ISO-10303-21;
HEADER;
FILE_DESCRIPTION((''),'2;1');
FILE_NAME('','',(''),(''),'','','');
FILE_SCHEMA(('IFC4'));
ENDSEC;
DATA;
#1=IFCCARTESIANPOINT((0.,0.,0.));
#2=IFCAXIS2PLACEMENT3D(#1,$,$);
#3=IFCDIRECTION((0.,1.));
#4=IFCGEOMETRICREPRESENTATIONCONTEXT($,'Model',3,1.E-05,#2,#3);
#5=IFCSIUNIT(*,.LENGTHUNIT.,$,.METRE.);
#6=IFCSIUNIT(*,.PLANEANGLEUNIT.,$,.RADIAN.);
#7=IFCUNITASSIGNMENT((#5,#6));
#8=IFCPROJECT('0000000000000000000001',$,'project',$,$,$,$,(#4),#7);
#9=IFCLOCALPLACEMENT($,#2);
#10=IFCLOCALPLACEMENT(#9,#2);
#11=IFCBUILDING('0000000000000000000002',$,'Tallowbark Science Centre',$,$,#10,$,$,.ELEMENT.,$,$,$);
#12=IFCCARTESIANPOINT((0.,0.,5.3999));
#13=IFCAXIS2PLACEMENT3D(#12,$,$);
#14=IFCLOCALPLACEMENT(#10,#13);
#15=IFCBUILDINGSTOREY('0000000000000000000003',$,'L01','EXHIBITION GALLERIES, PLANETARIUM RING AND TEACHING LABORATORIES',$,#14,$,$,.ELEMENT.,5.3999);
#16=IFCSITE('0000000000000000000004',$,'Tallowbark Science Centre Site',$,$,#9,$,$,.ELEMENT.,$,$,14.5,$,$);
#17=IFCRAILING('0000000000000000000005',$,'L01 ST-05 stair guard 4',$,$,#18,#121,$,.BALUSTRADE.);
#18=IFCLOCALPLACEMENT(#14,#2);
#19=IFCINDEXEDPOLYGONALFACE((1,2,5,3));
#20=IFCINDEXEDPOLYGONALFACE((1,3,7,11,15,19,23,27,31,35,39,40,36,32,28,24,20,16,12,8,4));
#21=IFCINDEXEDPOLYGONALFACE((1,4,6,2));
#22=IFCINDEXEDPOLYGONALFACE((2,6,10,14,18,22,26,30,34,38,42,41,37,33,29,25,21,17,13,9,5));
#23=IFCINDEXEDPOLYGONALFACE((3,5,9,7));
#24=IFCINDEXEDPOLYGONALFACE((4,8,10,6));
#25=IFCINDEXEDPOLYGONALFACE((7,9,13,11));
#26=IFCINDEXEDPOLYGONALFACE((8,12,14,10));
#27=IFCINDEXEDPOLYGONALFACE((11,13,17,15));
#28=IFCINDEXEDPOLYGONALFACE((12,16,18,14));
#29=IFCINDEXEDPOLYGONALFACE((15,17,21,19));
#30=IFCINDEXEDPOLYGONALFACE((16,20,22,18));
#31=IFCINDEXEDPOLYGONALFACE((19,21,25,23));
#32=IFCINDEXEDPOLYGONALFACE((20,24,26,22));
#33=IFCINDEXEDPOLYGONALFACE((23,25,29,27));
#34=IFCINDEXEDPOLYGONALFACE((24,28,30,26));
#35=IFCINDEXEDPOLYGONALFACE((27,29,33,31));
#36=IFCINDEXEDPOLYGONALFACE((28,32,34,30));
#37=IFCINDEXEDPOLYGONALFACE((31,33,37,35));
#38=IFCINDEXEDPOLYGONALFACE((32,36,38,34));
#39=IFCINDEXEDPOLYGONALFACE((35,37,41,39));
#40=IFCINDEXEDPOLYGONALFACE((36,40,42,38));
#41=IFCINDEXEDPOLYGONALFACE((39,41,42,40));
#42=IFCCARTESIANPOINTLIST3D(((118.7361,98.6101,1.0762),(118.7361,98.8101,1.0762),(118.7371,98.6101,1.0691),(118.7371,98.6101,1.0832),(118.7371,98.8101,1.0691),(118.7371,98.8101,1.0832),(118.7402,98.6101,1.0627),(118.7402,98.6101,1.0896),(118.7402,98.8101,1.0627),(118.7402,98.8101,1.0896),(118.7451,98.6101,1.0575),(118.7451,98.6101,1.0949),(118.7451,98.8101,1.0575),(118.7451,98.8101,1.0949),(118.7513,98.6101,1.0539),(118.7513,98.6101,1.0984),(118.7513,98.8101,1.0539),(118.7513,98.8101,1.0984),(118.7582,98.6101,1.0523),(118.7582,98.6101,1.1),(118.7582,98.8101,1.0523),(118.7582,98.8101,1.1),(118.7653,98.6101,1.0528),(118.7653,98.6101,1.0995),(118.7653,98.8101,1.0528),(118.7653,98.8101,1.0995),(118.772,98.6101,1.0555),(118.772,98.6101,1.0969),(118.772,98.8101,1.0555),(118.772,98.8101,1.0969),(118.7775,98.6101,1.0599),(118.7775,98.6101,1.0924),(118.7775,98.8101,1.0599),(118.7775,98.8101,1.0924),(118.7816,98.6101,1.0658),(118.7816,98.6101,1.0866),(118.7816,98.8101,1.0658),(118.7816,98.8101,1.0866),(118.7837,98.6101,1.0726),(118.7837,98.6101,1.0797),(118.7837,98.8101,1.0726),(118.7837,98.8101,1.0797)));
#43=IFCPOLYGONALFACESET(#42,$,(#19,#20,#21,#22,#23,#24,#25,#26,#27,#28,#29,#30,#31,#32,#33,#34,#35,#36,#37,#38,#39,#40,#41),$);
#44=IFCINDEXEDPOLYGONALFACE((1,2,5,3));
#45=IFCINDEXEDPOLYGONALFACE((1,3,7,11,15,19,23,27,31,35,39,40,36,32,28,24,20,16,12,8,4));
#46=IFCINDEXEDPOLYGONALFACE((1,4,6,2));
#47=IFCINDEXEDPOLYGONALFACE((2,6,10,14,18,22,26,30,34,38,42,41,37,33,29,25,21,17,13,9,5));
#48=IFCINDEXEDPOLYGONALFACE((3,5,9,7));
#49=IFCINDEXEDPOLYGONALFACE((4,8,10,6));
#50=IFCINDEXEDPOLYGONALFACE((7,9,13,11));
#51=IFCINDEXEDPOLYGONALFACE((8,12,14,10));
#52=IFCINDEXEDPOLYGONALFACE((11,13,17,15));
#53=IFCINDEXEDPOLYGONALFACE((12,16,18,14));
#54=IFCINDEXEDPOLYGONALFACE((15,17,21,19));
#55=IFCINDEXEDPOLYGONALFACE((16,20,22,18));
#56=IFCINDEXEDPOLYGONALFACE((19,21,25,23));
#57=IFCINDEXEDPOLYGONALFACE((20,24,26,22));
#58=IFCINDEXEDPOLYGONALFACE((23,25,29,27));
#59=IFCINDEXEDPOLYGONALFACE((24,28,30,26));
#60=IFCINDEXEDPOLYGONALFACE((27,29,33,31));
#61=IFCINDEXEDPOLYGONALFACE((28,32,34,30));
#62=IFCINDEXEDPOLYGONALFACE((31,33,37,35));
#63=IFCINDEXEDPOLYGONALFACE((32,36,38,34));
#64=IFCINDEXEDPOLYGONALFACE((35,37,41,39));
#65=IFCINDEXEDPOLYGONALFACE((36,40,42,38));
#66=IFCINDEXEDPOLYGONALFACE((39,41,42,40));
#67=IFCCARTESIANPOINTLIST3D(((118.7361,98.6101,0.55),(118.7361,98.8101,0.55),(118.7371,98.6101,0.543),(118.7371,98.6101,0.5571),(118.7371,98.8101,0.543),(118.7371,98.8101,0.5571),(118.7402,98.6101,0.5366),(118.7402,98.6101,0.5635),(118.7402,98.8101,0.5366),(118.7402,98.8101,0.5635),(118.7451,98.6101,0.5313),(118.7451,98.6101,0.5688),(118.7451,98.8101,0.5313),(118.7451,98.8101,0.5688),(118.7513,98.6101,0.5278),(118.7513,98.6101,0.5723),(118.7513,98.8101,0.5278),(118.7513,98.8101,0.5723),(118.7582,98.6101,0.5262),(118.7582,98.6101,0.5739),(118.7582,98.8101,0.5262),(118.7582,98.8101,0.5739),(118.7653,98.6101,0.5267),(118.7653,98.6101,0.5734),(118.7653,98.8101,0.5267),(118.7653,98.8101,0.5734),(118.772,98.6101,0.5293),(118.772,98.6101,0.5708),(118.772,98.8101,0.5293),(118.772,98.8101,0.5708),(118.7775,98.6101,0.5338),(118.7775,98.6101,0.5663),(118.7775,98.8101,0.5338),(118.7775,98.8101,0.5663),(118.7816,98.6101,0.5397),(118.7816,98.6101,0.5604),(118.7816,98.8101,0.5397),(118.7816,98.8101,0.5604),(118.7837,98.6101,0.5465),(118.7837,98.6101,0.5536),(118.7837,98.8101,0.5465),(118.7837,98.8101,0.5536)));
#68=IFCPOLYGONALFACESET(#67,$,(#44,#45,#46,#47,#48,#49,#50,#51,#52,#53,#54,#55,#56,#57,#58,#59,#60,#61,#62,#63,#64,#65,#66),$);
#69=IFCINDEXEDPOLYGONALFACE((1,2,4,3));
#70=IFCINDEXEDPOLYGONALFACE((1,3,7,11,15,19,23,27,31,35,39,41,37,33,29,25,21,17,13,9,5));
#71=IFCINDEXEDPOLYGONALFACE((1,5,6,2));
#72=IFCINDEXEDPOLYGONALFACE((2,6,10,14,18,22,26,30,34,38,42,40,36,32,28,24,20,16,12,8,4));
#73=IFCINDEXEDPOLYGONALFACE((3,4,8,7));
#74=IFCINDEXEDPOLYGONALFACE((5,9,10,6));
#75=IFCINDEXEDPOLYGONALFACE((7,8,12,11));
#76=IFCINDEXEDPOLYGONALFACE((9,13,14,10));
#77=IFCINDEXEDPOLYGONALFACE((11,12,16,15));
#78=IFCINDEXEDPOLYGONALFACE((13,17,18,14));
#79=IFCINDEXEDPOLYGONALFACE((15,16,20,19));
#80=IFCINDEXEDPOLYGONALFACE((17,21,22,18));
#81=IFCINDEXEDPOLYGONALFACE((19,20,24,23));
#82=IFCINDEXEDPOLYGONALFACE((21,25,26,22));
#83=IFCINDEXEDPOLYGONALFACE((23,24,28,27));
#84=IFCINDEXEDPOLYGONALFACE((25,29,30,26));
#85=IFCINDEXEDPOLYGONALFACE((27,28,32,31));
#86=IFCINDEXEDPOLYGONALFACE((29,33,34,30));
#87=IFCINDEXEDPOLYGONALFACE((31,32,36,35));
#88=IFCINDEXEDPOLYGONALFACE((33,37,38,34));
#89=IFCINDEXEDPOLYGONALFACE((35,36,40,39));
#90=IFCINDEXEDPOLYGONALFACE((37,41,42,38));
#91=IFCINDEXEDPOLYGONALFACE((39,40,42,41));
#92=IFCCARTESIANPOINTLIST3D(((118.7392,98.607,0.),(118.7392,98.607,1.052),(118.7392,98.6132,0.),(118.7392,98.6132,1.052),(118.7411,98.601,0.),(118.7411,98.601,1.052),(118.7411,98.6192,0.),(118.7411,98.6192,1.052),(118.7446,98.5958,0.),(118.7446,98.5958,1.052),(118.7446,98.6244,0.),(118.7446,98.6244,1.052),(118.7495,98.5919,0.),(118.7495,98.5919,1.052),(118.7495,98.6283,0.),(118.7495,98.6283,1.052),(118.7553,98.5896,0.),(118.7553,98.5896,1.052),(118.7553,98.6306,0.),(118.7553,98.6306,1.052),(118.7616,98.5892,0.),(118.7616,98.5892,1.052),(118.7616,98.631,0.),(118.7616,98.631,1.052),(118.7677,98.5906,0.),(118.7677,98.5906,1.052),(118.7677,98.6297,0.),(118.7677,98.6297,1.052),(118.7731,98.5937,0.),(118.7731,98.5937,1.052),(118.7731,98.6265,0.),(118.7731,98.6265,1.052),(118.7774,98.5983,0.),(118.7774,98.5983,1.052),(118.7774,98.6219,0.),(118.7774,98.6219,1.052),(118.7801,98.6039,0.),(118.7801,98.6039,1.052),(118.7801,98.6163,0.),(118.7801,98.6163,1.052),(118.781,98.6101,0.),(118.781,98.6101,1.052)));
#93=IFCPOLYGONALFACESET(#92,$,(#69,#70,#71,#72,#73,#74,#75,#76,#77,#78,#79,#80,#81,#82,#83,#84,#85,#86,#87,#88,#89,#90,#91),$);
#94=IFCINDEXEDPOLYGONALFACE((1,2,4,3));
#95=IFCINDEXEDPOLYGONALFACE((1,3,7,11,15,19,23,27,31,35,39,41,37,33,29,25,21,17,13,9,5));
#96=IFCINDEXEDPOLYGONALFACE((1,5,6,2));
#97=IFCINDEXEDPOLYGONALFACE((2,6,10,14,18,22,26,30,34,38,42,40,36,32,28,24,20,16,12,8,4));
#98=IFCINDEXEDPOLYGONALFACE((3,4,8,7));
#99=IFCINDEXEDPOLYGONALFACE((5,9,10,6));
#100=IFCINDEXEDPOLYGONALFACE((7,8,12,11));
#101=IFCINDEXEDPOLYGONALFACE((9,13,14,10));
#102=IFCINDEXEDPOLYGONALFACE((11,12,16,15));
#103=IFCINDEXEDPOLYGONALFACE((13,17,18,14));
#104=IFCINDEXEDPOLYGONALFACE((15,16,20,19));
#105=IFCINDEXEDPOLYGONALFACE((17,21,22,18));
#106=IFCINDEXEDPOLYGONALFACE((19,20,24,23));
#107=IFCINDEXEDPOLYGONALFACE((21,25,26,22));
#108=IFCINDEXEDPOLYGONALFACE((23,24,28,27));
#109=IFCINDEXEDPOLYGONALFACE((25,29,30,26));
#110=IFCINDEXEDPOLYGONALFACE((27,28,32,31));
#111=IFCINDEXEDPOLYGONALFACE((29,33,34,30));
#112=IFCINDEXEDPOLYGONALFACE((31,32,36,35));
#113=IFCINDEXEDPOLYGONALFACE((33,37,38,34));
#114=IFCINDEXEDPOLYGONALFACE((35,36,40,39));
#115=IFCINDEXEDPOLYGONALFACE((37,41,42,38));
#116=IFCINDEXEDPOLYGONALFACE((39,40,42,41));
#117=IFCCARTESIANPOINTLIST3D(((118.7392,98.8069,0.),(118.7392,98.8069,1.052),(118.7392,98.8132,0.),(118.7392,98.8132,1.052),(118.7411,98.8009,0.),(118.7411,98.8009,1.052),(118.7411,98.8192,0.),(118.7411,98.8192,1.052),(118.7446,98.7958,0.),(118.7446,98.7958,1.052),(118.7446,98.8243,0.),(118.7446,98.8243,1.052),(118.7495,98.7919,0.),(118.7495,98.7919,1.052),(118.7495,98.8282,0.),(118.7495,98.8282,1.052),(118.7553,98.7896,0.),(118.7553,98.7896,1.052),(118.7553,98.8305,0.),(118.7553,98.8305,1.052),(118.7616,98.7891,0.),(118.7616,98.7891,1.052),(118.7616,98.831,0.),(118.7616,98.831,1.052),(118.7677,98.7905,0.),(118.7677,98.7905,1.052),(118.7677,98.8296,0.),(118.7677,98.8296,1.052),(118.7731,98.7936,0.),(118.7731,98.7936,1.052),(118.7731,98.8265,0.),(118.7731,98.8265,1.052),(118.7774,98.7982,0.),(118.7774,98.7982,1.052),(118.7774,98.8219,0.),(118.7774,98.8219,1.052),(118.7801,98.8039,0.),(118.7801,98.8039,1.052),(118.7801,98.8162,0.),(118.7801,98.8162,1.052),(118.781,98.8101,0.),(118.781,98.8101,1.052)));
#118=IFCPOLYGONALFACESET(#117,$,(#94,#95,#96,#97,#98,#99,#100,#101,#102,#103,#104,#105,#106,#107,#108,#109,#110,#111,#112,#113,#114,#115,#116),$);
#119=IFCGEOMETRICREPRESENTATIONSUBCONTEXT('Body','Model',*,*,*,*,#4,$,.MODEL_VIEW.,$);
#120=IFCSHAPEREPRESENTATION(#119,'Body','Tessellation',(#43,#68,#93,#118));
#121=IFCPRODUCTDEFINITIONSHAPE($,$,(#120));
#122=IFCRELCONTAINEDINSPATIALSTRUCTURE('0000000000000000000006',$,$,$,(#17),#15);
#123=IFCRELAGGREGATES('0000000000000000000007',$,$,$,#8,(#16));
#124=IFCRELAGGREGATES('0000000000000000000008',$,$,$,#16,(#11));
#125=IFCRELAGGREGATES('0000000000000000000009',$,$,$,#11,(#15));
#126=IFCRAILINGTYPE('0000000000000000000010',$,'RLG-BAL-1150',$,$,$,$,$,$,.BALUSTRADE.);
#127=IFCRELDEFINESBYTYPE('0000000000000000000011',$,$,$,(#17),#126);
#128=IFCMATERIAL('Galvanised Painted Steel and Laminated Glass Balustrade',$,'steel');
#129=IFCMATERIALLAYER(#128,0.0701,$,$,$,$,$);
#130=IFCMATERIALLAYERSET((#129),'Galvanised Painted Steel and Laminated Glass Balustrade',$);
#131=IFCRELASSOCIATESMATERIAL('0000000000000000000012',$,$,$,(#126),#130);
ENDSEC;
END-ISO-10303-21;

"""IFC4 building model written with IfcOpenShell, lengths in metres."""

from ifc_helpers import new_model, si_unit, direction, frame, origin, origin_2d, place, context, subcontext, project, spatial, circle, extrude, material, layer, layer_set, type_object, element, save


model = new_model("IFC4")

# Units and contexts
model_context = context("Model", 3, precision=1e-05, world=origin(), true_north=direction((0.0, 1.0)))
body_context = subcontext(model_context, "Body", "Model", "MODEL_VIEW")
ifc_project = project(units=[si_unit("LENGTHUNIT", "METRE"), si_unit("PLANEANGLEUNIT", "RADIAN")], contexts=[model_context])

# Site, building, storey
site_placement = place(None, origin())
site = spatial("IfcSite", under=ifc_project, at=site_placement, Name="Tallowbark Science Centre Site", CompositionType="ELEMENT", RefElevation=14.5)
building_placement = place(site_placement, origin())
building = spatial("IfcBuilding", under=site, at=building_placement, Name="Tallowbark Science Centre", CompositionType="ELEMENT")
storey_placement = place(building_placement, frame((0.0, 0.0, 5.3999)))
storey = spatial("IfcBuildingStorey", under=building, at=storey_placement, Name="L01", Description="EXHIBITION GALLERIES, PLANETARIUM RING AND TEACHING LABORATORIES", CompositionType="ELEMENT", Elevation=5.3999)

# Railing
ifc_material_1 = material(Name="Galvanised Painted Steel and Laminated Glass Balustrade", Category="steel")
ifc_layer_1 = layer(ifc_material_1, 0.0701)
ifc_layer_set_1 = layer_set([ifc_layer_1], Name="Galvanised Painted Steel and Laminated Glass Balustrade")
railing_type_1 = type_object("IfcRailingType", Name="RLG-BAL-1150", PredefinedType="BALUSTRADE", material=ifc_layer_set_1)
railing_1_placement = place(storey_placement, frame((118.76, 98.6101, 0.0)))
element("IfcRailing", 1, at=railing_1_placement, inside=storey, type_object=railing_type_1, Name="L01 ST-05 stair guard 4", PredefinedType="BALUSTRADE", context=body_context, shape_type="SweptSolid", body=[
    extrude(circle(Radius=0.0239, at=origin_2d()), frame((0.0, 0.0, 1.0762), z_axis=(0.0, 1.0, 0.0), x_axis=(-1.0, 0.0, 0.0)), (0.0, 0.0, 1.0), 0.2),
    extrude(circle(Radius=0.0239, at=origin_2d()), frame((0.0, 0.0, 0.55), z_axis=(0.0, 1.0, 0.0), x_axis=(-1.0, 0.0, 0.0)), (0.0, 0.0, 1.0), 0.2),
    extrude(circle(Radius=0.021, at=origin_2d()), origin(), (0.0, 0.0, 1.0), 1.052),
    extrude(circle(Radius=0.021, at=origin_2d()), frame((0.0, 0.2, 0.0)), (0.0, 0.0, 1.0), 1.052),
])

save(model, "model.ifc")
